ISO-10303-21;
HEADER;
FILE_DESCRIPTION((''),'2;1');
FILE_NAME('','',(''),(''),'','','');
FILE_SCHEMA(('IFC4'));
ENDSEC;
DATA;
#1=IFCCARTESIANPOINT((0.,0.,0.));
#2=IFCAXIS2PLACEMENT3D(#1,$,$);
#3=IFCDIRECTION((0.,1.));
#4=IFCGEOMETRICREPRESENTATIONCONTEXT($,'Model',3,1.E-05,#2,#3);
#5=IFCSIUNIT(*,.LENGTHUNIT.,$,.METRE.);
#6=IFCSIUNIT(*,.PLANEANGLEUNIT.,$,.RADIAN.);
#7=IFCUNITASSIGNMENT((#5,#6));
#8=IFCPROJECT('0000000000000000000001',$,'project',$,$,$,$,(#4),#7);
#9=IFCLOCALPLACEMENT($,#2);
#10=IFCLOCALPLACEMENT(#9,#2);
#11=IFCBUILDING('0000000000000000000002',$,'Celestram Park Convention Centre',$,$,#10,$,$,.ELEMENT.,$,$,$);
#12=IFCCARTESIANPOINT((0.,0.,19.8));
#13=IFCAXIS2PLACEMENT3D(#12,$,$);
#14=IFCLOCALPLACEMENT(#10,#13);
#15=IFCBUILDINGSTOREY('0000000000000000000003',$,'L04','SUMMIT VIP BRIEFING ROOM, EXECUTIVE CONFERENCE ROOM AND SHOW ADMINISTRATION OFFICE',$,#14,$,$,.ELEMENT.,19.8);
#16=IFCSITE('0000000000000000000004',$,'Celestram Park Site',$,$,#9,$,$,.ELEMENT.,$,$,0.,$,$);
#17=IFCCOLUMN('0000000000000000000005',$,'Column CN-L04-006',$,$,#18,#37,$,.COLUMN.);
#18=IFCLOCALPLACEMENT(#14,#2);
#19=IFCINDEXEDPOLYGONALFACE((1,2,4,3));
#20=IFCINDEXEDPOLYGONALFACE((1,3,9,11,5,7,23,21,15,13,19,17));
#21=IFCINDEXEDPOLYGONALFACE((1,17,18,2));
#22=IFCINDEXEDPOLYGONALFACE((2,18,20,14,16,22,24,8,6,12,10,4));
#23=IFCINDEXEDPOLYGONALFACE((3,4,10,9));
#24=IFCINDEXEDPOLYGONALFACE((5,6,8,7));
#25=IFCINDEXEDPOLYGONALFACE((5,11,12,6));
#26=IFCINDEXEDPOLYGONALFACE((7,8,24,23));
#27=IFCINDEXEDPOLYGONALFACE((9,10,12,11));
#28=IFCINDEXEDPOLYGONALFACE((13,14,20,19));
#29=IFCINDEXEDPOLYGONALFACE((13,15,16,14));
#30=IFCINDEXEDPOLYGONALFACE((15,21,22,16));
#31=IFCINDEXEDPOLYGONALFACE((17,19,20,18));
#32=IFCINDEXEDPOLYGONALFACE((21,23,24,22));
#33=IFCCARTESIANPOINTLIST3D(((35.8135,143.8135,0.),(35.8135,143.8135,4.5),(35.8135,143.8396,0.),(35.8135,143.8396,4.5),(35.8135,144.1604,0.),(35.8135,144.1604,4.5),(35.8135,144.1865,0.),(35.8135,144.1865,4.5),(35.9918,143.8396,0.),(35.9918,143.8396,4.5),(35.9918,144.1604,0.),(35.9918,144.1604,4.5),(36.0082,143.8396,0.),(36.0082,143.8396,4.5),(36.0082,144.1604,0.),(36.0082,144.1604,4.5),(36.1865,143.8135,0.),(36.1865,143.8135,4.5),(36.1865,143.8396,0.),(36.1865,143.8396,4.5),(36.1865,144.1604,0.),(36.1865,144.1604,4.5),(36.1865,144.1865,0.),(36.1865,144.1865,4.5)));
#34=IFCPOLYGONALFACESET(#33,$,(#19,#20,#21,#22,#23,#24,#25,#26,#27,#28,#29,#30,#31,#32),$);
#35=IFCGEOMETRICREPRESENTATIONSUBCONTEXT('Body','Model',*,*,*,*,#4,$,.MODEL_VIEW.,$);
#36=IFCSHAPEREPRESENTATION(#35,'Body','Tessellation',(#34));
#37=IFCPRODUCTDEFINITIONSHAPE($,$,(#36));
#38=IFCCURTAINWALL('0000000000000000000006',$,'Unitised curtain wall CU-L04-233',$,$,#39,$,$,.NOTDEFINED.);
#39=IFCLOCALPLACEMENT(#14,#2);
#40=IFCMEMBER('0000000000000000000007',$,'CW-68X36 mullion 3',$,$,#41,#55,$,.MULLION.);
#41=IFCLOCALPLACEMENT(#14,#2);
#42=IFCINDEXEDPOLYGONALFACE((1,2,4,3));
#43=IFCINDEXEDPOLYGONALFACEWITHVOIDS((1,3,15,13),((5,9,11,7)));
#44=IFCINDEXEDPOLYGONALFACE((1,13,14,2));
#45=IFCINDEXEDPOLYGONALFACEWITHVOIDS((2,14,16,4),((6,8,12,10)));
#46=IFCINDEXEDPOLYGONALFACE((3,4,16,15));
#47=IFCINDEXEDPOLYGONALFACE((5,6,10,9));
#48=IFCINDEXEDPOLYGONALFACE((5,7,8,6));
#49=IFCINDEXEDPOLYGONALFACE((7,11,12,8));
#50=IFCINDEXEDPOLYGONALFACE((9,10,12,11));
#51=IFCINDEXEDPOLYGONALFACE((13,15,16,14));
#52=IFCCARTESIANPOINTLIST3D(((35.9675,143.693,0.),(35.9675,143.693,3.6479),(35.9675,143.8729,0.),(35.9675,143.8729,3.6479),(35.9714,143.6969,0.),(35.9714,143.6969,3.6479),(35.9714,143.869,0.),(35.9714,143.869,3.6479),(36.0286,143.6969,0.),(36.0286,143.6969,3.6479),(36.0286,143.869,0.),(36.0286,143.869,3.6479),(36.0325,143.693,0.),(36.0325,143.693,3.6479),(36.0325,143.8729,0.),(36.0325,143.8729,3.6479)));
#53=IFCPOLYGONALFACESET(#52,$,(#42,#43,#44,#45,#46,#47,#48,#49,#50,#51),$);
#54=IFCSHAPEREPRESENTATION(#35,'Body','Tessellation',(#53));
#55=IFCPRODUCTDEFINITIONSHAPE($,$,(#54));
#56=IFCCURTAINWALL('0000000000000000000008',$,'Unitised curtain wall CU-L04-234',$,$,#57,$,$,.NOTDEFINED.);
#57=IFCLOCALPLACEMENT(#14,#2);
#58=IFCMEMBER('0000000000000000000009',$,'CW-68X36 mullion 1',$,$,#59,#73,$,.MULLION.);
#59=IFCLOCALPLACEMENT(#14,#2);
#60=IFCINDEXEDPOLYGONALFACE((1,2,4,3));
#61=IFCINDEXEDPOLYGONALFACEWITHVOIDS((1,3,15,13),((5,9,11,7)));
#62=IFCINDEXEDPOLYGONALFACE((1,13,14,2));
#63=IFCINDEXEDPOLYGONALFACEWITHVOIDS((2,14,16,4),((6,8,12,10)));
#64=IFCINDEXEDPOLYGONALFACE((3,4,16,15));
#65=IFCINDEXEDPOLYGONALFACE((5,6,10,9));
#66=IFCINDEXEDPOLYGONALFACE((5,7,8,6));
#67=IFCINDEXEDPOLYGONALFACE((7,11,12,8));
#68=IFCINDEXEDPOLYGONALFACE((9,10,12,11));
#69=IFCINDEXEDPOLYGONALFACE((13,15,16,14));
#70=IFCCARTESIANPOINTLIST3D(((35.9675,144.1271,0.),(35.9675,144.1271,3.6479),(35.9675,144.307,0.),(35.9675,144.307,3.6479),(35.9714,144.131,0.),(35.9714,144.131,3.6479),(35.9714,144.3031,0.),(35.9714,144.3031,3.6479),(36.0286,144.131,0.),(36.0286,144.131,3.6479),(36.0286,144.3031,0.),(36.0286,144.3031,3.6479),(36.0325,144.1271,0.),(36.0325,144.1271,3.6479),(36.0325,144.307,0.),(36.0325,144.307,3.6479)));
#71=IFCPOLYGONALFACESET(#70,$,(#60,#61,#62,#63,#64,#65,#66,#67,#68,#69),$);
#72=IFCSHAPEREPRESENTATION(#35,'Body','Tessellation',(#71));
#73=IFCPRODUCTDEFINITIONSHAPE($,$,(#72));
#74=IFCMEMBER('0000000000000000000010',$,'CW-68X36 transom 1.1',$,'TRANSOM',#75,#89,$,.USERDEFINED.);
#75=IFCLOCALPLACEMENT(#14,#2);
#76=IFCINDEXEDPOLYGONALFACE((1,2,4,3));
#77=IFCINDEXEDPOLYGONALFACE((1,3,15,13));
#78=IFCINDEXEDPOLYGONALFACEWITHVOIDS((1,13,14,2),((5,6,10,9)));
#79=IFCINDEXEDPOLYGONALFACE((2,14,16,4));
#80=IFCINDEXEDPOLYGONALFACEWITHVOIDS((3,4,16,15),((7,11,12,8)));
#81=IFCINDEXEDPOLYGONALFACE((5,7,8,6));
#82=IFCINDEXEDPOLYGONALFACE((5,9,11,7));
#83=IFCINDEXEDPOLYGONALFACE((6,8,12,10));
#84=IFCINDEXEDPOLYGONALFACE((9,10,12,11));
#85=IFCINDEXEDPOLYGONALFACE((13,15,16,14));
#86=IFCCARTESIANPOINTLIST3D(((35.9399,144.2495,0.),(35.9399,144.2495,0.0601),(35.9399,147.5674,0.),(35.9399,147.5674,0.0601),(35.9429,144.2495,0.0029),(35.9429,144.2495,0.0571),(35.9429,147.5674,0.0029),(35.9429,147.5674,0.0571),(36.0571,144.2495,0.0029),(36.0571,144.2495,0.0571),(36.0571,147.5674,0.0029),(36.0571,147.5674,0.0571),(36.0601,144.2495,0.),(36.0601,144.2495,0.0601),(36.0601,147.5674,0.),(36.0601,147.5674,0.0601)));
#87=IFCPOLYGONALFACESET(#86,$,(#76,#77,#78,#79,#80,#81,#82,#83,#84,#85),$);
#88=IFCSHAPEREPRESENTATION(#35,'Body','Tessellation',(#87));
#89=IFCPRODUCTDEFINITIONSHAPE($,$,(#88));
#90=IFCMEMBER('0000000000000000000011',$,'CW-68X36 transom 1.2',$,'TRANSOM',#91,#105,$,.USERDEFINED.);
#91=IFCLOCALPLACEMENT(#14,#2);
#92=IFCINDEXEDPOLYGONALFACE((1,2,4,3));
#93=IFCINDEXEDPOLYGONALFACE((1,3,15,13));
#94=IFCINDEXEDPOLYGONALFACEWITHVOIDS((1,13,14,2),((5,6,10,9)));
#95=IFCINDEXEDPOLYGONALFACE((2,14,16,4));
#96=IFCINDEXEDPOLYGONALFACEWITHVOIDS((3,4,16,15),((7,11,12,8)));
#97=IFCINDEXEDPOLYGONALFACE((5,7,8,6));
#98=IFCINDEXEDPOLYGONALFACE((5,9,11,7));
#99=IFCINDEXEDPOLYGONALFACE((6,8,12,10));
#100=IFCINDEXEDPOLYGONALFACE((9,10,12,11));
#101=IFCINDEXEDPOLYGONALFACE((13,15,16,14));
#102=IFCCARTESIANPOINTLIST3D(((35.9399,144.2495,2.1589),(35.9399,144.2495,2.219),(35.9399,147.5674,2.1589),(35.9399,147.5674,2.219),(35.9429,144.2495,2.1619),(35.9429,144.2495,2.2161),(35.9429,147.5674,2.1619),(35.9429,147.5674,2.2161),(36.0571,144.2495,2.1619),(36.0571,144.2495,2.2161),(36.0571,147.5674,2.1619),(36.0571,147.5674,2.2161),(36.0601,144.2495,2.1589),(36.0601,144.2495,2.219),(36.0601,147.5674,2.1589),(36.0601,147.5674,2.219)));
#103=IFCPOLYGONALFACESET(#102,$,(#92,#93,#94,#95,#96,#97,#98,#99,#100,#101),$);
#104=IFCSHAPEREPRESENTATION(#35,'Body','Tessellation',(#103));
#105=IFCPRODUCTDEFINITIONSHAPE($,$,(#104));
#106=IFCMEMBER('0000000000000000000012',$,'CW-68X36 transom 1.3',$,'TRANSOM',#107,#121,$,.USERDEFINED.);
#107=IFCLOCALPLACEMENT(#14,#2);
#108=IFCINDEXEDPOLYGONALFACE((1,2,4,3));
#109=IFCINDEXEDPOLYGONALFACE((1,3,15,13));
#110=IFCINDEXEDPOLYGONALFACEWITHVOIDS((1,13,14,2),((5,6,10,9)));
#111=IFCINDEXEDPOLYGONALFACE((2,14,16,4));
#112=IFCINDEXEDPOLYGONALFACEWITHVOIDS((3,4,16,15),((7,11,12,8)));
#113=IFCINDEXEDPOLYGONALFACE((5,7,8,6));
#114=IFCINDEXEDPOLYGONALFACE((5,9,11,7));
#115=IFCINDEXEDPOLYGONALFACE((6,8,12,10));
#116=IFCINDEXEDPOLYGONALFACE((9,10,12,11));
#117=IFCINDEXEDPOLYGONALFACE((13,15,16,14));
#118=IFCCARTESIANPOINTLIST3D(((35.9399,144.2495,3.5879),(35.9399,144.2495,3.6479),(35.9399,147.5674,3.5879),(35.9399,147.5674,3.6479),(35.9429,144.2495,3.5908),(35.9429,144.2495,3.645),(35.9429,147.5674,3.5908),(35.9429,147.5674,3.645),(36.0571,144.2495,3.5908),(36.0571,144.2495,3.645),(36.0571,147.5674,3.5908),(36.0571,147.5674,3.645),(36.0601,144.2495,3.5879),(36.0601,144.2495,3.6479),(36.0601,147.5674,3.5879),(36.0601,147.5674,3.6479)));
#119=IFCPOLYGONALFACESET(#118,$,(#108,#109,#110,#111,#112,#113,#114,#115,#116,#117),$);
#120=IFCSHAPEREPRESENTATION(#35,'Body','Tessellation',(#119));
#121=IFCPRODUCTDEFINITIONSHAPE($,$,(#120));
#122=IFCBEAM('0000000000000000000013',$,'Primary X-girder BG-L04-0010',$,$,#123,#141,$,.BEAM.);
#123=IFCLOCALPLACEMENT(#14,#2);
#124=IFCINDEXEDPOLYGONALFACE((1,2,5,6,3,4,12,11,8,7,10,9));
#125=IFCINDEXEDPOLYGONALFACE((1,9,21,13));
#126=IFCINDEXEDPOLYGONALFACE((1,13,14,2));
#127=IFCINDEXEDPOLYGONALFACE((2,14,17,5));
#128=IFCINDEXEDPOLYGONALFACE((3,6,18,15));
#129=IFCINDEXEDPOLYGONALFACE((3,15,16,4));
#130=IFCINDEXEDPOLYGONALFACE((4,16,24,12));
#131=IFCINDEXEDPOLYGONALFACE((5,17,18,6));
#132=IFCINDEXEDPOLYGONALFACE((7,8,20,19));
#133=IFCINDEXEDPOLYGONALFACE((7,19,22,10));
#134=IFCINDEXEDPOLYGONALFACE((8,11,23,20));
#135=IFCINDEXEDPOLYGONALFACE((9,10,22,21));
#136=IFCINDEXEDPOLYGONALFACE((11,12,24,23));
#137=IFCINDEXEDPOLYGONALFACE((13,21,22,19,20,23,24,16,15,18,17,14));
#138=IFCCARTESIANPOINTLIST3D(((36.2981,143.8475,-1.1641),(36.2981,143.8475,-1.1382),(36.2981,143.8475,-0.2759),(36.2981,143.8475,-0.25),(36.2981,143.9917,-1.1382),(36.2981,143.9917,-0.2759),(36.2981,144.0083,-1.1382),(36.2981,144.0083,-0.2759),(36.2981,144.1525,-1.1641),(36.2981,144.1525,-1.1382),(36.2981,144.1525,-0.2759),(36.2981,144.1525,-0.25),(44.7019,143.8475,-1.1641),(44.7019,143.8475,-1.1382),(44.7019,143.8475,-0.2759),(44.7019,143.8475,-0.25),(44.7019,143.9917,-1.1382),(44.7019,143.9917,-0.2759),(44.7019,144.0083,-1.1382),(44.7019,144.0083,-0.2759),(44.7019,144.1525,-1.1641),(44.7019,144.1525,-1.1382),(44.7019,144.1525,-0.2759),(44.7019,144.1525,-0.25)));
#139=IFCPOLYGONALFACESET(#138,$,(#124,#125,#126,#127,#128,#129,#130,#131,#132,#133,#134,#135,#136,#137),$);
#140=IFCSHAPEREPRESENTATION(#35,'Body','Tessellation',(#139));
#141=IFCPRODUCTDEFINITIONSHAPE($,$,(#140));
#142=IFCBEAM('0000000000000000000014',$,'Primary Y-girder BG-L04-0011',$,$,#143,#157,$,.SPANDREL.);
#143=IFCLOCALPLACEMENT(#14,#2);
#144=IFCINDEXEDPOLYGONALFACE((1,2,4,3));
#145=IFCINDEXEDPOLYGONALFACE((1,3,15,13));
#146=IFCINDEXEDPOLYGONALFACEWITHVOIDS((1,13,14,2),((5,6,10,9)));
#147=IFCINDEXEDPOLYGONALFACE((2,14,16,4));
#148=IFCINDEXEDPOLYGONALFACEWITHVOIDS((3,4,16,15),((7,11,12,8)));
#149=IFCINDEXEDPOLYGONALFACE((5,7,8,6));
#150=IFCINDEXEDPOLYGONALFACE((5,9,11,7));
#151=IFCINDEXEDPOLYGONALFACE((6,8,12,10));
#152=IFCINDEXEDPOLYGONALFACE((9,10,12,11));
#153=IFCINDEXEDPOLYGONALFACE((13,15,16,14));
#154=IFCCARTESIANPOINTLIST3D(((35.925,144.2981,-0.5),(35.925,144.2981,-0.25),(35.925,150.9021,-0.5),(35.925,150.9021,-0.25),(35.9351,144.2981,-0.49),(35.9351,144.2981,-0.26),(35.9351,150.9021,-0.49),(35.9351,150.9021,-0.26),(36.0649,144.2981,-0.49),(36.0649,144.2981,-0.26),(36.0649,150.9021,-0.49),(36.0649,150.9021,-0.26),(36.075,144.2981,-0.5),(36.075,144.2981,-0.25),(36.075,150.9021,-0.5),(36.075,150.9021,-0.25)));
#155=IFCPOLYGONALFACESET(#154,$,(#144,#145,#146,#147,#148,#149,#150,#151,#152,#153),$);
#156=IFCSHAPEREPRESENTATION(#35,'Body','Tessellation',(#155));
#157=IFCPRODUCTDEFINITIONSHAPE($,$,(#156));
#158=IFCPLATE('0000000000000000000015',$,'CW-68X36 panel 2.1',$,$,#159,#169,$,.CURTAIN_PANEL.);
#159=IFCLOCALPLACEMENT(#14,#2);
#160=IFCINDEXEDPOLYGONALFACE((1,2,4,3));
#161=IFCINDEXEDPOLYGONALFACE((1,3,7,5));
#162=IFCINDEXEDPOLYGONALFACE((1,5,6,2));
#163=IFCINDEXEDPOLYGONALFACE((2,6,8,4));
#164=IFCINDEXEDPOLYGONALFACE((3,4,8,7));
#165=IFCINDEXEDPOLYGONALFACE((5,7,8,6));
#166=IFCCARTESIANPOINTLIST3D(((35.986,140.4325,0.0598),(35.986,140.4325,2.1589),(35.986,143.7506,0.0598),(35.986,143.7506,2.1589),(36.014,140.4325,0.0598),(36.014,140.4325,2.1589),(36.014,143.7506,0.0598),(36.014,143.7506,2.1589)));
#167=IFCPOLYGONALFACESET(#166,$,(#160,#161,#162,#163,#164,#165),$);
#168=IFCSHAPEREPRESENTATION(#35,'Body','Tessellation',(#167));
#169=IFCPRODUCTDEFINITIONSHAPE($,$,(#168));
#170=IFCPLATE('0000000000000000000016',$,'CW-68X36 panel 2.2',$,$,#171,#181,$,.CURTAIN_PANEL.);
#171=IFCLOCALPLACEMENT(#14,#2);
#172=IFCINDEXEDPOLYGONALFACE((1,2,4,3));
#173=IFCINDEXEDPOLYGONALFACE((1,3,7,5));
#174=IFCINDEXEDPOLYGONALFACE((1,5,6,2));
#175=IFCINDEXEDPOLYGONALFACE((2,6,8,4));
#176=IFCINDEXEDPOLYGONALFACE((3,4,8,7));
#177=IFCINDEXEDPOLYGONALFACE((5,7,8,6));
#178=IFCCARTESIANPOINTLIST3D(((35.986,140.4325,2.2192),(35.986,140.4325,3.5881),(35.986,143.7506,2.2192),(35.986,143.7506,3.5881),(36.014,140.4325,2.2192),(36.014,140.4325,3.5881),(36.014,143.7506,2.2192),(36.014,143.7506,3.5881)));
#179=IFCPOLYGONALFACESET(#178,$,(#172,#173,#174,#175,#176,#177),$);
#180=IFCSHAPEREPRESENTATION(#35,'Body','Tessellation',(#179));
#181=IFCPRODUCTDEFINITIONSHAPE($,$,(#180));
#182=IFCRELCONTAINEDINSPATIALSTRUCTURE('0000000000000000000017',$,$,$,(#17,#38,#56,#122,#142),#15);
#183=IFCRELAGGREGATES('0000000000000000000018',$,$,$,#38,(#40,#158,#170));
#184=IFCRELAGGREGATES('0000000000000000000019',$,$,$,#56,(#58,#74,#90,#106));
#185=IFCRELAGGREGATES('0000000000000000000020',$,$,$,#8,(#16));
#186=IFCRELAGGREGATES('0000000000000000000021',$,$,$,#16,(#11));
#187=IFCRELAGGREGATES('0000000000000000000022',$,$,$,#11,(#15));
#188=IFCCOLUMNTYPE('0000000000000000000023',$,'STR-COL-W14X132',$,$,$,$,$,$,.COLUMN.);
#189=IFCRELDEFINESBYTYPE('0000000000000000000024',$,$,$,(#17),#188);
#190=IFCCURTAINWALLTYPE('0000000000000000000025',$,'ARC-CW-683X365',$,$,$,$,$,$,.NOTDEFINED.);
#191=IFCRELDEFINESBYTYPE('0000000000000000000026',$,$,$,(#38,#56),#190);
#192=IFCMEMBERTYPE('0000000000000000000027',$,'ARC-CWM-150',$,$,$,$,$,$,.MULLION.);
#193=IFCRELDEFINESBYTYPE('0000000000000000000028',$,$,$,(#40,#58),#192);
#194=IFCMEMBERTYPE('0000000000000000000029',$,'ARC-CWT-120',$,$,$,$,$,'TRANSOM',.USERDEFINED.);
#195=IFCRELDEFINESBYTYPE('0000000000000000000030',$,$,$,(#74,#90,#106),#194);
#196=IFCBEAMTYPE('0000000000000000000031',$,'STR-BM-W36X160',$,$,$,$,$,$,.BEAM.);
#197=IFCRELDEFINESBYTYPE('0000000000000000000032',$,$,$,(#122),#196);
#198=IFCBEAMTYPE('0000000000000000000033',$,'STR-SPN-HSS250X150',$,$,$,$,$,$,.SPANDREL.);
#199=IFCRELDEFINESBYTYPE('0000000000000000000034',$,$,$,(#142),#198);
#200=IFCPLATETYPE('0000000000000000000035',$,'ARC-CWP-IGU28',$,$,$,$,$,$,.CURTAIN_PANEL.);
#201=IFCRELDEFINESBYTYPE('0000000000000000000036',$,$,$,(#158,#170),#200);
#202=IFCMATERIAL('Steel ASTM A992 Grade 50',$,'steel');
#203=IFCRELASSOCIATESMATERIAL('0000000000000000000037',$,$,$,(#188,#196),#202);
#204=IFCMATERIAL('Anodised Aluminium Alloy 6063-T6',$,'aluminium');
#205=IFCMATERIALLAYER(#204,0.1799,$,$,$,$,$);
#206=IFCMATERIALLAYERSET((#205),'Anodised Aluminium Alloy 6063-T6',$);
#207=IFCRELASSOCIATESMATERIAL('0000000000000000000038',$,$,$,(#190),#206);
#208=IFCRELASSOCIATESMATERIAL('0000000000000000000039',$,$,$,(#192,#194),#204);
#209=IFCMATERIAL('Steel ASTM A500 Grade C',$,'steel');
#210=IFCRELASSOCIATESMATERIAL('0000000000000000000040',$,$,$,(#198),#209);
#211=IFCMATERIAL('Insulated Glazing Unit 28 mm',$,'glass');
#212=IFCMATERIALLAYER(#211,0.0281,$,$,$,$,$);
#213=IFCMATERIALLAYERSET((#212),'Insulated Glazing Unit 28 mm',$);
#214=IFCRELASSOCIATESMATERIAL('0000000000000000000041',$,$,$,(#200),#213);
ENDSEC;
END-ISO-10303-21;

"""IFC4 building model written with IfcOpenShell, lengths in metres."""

from ifc_helpers import new_model, si_unit, direction, frame, origin, origin_2d, place, context, subcontext, project, spatial, rectangle, hollow_rectangle, i_section, extrude, material, layer, layer_set, material_profile, profile_set, type_object, element, aggregate, save


model = new_model("IFC4")

# Units and contexts
model_context = context("Model", 3, precision=1e-05, world=origin(), true_north=direction((0.0, 1.0)))
body_context = subcontext(model_context, "Body", "Model", "MODEL_VIEW")
ifc_project = project(units=[si_unit("LENGTHUNIT", "METRE"), si_unit("PLANEANGLEUNIT", "RADIAN")], contexts=[model_context])

# Site, building, storey
site_placement = place(None, origin())
site = spatial("IfcSite", under=ifc_project, at=site_placement, Name="Celestram Park Site", CompositionType="ELEMENT", RefElevation=0.0)
building_placement = place(site_placement, origin())
building = spatial("IfcBuilding", under=site, at=building_placement, Name="Celestram Park Convention Centre", CompositionType="ELEMENT")
storey_placement = place(building_placement, frame((0.0, 0.0, 19.8)))
storey = spatial("IfcBuildingStorey", under=building, at=storey_placement, Name="L04", Description="SUMMIT VIP BRIEFING ROOM, EXECUTIVE CONFERENCE ROOM AND SHOW ADMINISTRATION OFFICE", CompositionType="ELEMENT", Elevation=19.8)

# Column
ifc_material_1 = material(Name="Steel ASTM A992 Grade 50", Category="steel")
ifc_material_profile_1 = material_profile(ifc_material_1, i_section(OverallWidth=0.373, OverallDepth=0.373, WebThickness=0.0164, FlangeThickness=0.0261, at=origin_2d()), Name="W14X132")
ifc_profile_set_1 = profile_set([ifc_material_profile_1], Name="Steel ASTM A992 Grade 50")
column_type = type_object("IfcColumnType", Name="STR-COL-W14X132", PredefinedType="COLUMN", material=ifc_profile_set_1)
column_placement = place(storey_placement, frame((36.0, 144.0, 0.0), z_axis=(0.0, 0.0, 1.0), x_axis=(1.0, 0.0, 0.0)))
element("IfcColumn", 1, at=column_placement, inside=storey, type_object=column_type, Name="Column CN-L04-006", PredefinedType="COLUMN", context=body_context, shape_type="SweptSolid", body=[
    extrude(i_section(OverallWidth=0.373, OverallDepth=0.373, WebThickness=0.0164, FlangeThickness=0.0261, at=origin_2d()), origin(), (0.0, 0.0, 1.0), 4.5),
])

# Curtain wall, member
ifc_material_2 = material(Name="Anodised Aluminium Alloy 6063-T6", Category="aluminium")
ifc_layer_1 = layer(ifc_material_2, 0.1799)
ifc_layer_set_1 = layer_set([ifc_layer_1], Name="Anodised Aluminium Alloy 6063-T6")
curtain_wall_type = type_object("IfcCurtainWallType", Name="ARC-CW-683X365", PredefinedType="NOTDEFINED", material=ifc_layer_set_1)
curtain_wall_1_placement = place(storey_placement, origin())
curtain_wall_1 = element("IfcCurtainWall", 2, at=curtain_wall_1_placement, inside=storey, type_object=curtain_wall_type, Name="Unitised curtain wall CU-L04-233", PredefinedType="NOTDEFINED")
ifc_material_profile_2 = material_profile(ifc_material_2, hollow_rectangle(XDim=0.0649, YDim=0.1799, WallThickness=0.0039, at=origin_2d()), Name="ALU65X180X4")
ifc_profile_set_2 = profile_set([ifc_material_profile_2], Name="Anodised Aluminium Alloy 6063-T6")
member_type_1 = type_object("IfcMemberType", Name="ARC-CWM-150", PredefinedType="MULLION", material=ifc_profile_set_2)
member_1_placement = place(storey_placement, frame((36.0, 143.783, 0.0), z_axis=(0.0, 0.0, 1.0), x_axis=(-1.0, 0.0, 0.0)))
member_1 = element("IfcMember", 3, at=member_1_placement, type_object=member_type_1, Name="CW-68X36 mullion 3", PredefinedType="MULLION", context=body_context, shape_type="SweptSolid", body=[
    extrude(hollow_rectangle(XDim=0.0649, YDim=0.1799, WallThickness=0.0039, at=origin_2d()), origin(), (0.0, 0.0, 1.0), 3.6479),
])

# Curtain wall, members
curtain_wall_2_placement = place(storey_placement, origin())
curtain_wall_2 = element("IfcCurtainWall", 4, at=curtain_wall_2_placement, inside=storey, type_object=curtain_wall_type, Name="Unitised curtain wall CU-L04-234", PredefinedType="NOTDEFINED")
member_2_placement = place(storey_placement, frame((36.0, 144.217, 0.0), z_axis=(0.0, 0.0, 1.0), x_axis=(-1.0, 0.0, 0.0)))
member_2 = element("IfcMember", 5, at=member_2_placement, type_object=member_type_1, Name="CW-68X36 mullion 1", PredefinedType="MULLION", context=body_context, shape_type="SweptSolid", body=[
    extrude(hollow_rectangle(XDim=0.0649, YDim=0.1799, WallThickness=0.0039, at=origin_2d()), origin(), (0.0, 0.0, 1.0), 3.6479),
])
ifc_material_profile_3 = material_profile(ifc_material_2, hollow_rectangle(XDim=0.1201, YDim=0.0601, WallThickness=0.0029, at=origin_2d()), Name="ALU120X60X3")
ifc_profile_set_3 = profile_set([ifc_material_profile_3], Name="Anodised Aluminium Alloy 6063-T6")
member_type_2 = type_object("IfcMemberType", Name="ARC-CWT-120", ElementType="TRANSOM", PredefinedType="USERDEFINED", material=ifc_profile_set_3)
member_3_placement = place(storey_placement, frame((36.0, 144.2495, 0.03), z_axis=(0.0, 1.0, 0.0), x_axis=(-1.0, 0.0, 0.0)))
member_3 = element("IfcMember", 6, at=member_3_placement, type_object=member_type_2, Name="CW-68X36 transom 1.1", ObjectType="TRANSOM", PredefinedType="USERDEFINED", context=body_context, shape_type="SweptSolid", body=[
    extrude(hollow_rectangle(XDim=0.1201, YDim=0.0601, WallThickness=0.0029, at=origin_2d()), origin(), (0.0, 0.0, 1.0), 3.3179),
])
member_4_placement = place(storey_placement, frame((36.0, 144.2495, 2.189), z_axis=(0.0, 1.0, 0.0), x_axis=(-1.0, 0.0, 0.0)))
member_4 = element("IfcMember", 7, at=member_4_placement, type_object=member_type_2, Name="CW-68X36 transom 1.2", ObjectType="TRANSOM", PredefinedType="USERDEFINED", context=body_context, shape_type="SweptSolid", body=[
    extrude(hollow_rectangle(XDim=0.1201, YDim=0.0601, WallThickness=0.0029, at=origin_2d()), origin(), (0.0, 0.0, 1.0), 3.3179),
])
member_5_placement = place(storey_placement, frame((36.0, 144.2495, 3.6179), z_axis=(0.0, 1.0, 0.0), x_axis=(-1.0, 0.0, 0.0)))
member_5 = element("IfcMember", 8, at=member_5_placement, type_object=member_type_2, Name="CW-68X36 transom 1.3", ObjectType="TRANSOM", PredefinedType="USERDEFINED", context=body_context, shape_type="SweptSolid", body=[
    extrude(hollow_rectangle(XDim=0.1201, YDim=0.0601, WallThickness=0.0029, at=origin_2d()), origin(), (0.0, 0.0, 1.0), 3.3179),
])

# Beams
ifc_material_profile_4 = material_profile(ifc_material_1, i_section(OverallWidth=0.3049, OverallDepth=0.9141, WebThickness=0.0166, FlangeThickness=0.0259, at=origin_2d()), Name="W36X160")
ifc_profile_set_4 = profile_set([ifc_material_profile_4], Name="Steel ASTM A992 Grade 50")
beam_type_1 = type_object("IfcBeamType", Name="STR-BM-W36X160", PredefinedType="BEAM", material=ifc_profile_set_4)
beam_1_placement = place(storey_placement, frame((36.2981, 144.0, -0.707), z_axis=(1.0, 0.0, 0.0), x_axis=(0.0, 1.0, 0.0)))
element("IfcBeam", 9, at=beam_1_placement, inside=storey, type_object=beam_type_1, Name="Primary X-girder BG-L04-0010", PredefinedType="BEAM", context=body_context, shape_type="SweptSolid", body=[
    extrude(i_section(OverallWidth=0.3049, OverallDepth=0.9141, WebThickness=0.0166, FlangeThickness=0.0259, at=origin_2d()), origin(), (0.0, 0.0, 1.0), 8.4038),
])
ifc_material_3 = material(Name="Steel ASTM A500 Grade C", Category="steel")
ifc_material_profile_5 = material_profile(ifc_material_3, hollow_rectangle(XDim=0.1499, YDim=0.25, WallThickness=0.01, at=origin_2d()), Name="HSS250X150X10")
ifc_profile_set_5 = profile_set([ifc_material_profile_5], Name="Steel ASTM A500 Grade C")
beam_type_2 = type_object("IfcBeamType", Name="STR-SPN-HSS250X150", PredefinedType="SPANDREL", material=ifc_profile_set_5)
beam_2_placement = place(storey_placement, frame((36.0, 144.2981, -0.375), z_axis=(0.0, 1.0, 0.0), x_axis=(-1.0, 0.0, 0.0)))
element("IfcBeam", 10, at=beam_2_placement, inside=storey, type_object=beam_type_2, Name="Primary Y-girder BG-L04-0011", PredefinedType="SPANDREL", context=body_context, shape_type="SweptSolid", body=[
    extrude(hollow_rectangle(XDim=0.1499, YDim=0.25, WallThickness=0.01, at=origin_2d()), origin(), (0.0, 0.0, 1.0), 6.604),
])

# Plates
ifc_material_4 = material(Name="Insulated Glazing Unit 28 mm", Category="glass")
ifc_layer_2 = layer(ifc_material_4, 0.0281)
ifc_layer_set_2 = layer_set([ifc_layer_2], Name="Insulated Glazing Unit 28 mm")
plate_type = type_object("IfcPlateType", Name="ARC-CWP-IGU28", PredefinedType="CURTAIN_PANEL", material=ifc_layer_set_2)
plate_1_placement = place(storey_placement, frame((36.0, 142.0916, 0.0598), z_axis=(0.0, 0.0, 1.0), x_axis=(0.0, 1.0, 0.0)))
plate_1 = element("IfcPlate", 11, at=plate_1_placement, type_object=plate_type, Name="CW-68X36 panel 2.1", PredefinedType="CURTAIN_PANEL", context=body_context, shape_type="SweptSolid", body=[
    extrude(rectangle(XDim=3.3181, YDim=0.0281, at=origin_2d()), origin(), (0.0, 0.0, 1.0), 2.0991),
])
plate_2_placement = place(storey_placement, frame((36.0, 142.0916, 2.2192), z_axis=(0.0, 0.0, 1.0), x_axis=(0.0, 1.0, 0.0)))
plate_2 = element("IfcPlate", 12, at=plate_2_placement, type_object=plate_type, Name="CW-68X36 panel 2.2", PredefinedType="CURTAIN_PANEL", context=body_context, shape_type="SweptSolid", body=[
    extrude(rectangle(XDim=3.3181, YDim=0.0281, at=origin_2d()), origin(), (0.0, 0.0, 1.0), 1.3689),
])
aggregate(curtain_wall_1, [member_1, plate_1, plate_2])
aggregate(curtain_wall_2, [member_2, member_3, member_4, member_5])

save(model, "model.ifc")
